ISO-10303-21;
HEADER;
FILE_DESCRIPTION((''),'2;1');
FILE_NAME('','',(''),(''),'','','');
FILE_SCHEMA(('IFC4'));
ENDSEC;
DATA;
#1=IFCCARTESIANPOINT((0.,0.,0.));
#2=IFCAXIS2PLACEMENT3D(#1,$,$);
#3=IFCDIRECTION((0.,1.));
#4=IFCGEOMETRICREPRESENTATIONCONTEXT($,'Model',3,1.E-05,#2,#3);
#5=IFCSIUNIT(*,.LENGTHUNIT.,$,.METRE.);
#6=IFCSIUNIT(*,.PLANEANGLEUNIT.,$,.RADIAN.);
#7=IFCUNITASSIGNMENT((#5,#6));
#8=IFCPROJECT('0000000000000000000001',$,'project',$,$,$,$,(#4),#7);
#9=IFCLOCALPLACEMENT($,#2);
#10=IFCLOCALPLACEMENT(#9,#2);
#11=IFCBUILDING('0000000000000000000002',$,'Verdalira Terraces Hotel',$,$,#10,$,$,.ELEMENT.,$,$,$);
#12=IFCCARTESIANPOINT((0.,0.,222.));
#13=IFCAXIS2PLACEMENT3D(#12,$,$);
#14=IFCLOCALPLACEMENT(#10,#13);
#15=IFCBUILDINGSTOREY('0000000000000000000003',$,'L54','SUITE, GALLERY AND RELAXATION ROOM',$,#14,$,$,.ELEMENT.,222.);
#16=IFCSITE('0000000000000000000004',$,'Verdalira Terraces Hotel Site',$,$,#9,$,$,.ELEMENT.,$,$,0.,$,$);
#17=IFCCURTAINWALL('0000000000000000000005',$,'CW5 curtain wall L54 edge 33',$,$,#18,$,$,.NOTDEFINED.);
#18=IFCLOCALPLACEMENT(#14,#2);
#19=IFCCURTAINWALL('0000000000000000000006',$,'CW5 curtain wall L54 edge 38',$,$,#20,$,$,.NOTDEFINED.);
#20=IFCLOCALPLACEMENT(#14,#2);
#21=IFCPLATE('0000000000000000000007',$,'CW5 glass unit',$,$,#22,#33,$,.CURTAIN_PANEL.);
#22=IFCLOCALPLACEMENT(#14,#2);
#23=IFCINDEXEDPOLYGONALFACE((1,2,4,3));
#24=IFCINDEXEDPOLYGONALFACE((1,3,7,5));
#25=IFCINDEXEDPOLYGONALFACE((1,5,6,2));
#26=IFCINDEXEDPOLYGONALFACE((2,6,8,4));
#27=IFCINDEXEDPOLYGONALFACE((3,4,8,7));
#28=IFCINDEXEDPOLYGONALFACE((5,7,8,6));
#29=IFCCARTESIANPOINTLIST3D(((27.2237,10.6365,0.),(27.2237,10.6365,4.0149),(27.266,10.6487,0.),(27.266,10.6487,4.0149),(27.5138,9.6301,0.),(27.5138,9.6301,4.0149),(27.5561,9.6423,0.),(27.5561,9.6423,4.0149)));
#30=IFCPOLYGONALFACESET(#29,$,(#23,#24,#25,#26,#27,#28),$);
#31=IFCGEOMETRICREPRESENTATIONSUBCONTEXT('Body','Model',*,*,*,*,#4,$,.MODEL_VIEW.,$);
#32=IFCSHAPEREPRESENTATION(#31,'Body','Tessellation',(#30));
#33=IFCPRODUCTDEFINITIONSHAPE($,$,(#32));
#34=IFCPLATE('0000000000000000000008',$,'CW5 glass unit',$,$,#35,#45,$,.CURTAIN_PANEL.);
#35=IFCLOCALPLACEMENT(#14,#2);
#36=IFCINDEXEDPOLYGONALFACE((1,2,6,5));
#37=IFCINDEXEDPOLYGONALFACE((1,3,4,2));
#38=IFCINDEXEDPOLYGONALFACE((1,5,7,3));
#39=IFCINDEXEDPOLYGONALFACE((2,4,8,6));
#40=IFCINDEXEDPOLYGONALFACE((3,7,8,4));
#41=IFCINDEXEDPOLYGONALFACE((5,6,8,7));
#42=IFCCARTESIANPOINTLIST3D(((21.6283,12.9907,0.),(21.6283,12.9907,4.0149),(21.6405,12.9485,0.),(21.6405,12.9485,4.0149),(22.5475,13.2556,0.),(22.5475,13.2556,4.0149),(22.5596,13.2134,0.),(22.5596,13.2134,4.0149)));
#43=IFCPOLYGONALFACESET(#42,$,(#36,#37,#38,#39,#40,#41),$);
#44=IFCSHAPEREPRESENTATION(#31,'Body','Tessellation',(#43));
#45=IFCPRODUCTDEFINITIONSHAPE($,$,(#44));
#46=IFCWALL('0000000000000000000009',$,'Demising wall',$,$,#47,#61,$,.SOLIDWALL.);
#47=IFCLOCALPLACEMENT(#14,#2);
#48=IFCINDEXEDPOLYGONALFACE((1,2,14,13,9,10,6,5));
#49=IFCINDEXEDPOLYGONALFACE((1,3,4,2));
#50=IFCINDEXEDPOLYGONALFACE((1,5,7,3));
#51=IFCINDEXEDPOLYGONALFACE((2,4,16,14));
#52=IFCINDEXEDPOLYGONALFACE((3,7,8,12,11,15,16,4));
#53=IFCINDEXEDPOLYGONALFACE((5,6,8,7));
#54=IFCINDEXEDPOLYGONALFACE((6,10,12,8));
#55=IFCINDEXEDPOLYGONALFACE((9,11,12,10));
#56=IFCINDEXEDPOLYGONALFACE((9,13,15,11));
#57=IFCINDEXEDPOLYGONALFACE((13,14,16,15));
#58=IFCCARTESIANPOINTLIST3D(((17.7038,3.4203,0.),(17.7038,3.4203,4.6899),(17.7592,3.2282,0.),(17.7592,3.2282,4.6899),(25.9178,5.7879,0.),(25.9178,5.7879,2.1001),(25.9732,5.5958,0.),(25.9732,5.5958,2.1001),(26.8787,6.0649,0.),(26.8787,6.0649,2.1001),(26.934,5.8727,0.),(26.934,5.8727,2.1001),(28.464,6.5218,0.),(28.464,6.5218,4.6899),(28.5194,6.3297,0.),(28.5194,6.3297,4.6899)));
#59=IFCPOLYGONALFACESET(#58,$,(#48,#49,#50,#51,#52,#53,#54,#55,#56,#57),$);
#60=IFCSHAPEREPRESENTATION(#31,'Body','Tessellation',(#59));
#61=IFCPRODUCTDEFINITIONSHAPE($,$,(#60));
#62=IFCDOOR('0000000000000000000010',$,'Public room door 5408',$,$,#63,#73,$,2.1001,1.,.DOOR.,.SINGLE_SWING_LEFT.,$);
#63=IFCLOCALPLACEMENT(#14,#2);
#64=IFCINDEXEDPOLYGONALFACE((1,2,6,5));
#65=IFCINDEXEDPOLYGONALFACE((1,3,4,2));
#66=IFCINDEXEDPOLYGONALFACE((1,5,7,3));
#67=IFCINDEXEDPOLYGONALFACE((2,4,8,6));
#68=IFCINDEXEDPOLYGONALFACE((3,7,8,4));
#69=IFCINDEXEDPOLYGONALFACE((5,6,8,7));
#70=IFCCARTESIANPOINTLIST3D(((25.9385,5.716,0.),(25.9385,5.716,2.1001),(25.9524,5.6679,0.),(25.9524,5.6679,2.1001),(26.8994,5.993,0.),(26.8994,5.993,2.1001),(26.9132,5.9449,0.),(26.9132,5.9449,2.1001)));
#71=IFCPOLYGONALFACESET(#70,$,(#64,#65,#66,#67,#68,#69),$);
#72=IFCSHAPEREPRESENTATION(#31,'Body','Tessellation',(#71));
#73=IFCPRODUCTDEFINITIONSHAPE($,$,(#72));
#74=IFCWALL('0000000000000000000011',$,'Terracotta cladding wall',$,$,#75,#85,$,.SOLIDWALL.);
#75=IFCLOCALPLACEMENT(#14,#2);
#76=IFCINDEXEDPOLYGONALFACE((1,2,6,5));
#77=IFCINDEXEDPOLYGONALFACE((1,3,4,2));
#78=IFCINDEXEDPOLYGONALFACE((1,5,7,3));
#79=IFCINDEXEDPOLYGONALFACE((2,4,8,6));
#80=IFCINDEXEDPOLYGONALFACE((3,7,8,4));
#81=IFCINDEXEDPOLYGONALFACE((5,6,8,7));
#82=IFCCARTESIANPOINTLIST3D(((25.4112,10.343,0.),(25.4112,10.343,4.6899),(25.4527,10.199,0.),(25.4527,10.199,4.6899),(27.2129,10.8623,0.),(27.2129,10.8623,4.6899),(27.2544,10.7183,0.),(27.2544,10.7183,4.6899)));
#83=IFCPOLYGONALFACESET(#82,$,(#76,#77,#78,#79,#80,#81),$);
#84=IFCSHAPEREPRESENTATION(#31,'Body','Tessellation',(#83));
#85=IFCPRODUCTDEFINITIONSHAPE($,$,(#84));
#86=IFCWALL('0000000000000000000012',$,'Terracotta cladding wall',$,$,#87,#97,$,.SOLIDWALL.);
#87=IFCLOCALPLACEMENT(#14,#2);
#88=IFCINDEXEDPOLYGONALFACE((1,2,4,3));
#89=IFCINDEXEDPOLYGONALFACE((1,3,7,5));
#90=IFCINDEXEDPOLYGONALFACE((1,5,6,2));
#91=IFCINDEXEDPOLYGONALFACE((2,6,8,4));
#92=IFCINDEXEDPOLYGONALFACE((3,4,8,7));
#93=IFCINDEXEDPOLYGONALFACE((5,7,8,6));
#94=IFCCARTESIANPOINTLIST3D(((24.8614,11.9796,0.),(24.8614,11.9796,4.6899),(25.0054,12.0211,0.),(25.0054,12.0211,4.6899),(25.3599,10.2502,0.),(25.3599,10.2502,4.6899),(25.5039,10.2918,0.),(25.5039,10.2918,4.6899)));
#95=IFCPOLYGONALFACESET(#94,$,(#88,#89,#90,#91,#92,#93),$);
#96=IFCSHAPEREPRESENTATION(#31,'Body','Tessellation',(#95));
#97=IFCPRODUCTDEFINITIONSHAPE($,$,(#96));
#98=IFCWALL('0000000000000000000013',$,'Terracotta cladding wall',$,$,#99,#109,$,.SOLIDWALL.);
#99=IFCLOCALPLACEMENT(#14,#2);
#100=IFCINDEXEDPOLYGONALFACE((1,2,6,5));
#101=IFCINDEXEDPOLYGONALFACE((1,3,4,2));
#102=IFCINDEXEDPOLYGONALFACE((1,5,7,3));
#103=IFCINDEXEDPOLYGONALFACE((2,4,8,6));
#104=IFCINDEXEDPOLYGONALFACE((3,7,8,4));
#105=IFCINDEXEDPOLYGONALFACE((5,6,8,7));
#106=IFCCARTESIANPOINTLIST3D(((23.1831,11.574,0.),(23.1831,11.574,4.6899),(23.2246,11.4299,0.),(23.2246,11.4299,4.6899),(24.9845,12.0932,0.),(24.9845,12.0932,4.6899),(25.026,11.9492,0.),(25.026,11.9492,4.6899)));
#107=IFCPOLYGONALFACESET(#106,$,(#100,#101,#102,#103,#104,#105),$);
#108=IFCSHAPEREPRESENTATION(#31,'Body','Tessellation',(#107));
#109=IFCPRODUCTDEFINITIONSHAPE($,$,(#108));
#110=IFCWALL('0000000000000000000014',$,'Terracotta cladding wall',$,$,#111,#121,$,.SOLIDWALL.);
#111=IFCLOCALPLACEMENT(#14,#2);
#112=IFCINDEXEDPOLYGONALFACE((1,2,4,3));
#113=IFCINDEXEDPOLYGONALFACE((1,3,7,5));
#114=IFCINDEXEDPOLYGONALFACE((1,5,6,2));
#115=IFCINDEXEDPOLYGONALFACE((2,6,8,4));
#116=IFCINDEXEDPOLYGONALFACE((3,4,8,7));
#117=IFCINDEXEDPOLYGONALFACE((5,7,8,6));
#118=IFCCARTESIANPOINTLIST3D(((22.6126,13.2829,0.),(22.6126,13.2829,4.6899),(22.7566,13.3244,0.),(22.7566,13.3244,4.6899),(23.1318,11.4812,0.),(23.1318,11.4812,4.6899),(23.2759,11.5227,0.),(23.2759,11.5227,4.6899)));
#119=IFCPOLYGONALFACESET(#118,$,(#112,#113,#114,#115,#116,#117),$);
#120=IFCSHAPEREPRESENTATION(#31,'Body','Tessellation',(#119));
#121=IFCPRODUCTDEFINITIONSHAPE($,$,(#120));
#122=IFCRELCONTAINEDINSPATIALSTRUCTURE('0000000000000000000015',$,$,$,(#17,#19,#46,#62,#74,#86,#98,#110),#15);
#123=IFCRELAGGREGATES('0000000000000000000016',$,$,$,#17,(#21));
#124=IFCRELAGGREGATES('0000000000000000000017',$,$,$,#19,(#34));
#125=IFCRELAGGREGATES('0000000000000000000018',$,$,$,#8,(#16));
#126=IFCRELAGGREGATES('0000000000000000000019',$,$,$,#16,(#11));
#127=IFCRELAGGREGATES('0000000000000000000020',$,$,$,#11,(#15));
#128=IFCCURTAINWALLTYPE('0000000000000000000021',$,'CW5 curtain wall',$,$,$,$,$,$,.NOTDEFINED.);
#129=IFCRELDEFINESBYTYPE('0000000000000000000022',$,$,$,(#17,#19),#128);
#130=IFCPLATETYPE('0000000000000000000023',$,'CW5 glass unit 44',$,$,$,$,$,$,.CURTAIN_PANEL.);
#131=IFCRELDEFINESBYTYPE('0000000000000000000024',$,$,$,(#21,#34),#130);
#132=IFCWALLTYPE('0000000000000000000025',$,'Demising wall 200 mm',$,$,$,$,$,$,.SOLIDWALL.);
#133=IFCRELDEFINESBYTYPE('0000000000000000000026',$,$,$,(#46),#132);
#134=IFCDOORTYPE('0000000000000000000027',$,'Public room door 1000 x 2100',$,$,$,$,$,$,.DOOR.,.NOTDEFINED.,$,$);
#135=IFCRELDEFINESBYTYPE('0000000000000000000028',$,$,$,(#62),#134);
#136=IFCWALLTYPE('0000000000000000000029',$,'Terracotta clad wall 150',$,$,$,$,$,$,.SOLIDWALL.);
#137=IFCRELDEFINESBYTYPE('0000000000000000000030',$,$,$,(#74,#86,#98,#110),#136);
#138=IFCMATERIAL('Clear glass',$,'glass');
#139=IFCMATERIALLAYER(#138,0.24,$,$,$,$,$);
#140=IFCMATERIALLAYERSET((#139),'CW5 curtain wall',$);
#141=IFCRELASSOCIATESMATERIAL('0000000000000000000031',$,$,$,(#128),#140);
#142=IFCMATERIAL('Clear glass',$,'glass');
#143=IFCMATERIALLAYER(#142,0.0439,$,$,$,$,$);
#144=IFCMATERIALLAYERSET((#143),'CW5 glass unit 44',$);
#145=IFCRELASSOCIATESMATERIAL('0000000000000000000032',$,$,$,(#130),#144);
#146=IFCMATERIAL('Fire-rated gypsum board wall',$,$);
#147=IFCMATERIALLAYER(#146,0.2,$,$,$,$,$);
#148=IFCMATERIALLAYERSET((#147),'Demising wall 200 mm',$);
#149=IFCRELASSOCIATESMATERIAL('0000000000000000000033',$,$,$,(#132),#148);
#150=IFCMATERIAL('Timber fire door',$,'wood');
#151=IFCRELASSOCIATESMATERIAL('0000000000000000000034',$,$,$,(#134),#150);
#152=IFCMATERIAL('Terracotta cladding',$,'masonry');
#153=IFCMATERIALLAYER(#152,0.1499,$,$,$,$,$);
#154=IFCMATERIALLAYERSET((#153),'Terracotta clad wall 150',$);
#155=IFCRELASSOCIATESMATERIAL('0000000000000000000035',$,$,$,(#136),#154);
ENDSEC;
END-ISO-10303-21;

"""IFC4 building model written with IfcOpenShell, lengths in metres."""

from ifc_helpers import new_model, si_unit, direction, frame, frame_2d, origin, origin_2d, place, context, subcontext, project, spatial, rectangle, extrude, material, layer, layer_set, type_object, element, fill, aggregate, save


model = new_model("IFC4")

# Units and contexts
model_context = context("Model", 3, precision=1e-05, world=origin(), true_north=direction((0.0, 1.0)))
body_context = subcontext(model_context, "Body", "Model", "MODEL_VIEW")
ifc_project = project(units=[si_unit("LENGTHUNIT", "METRE"), si_unit("PLANEANGLEUNIT", "RADIAN")], contexts=[model_context])

# Site, building, storey
site_placement = place(None, origin())
site = spatial("IfcSite", under=ifc_project, at=site_placement, Name="Verdalira Terraces Hotel Site", CompositionType="ELEMENT", RefElevation=0.0)
building_placement = place(site_placement, origin())
building = spatial("IfcBuilding", under=site, at=building_placement, Name="Verdalira Terraces Hotel", CompositionType="ELEMENT")
storey_placement = place(building_placement, frame((0.0, 0.0, 222.0)))
storey = spatial("IfcBuildingStorey", under=building, at=storey_placement, Name="L54", Description="SUITE, GALLERY AND RELAXATION ROOM", CompositionType="ELEMENT", Elevation=222.0)

# Curtain walls
ifc_material_1 = material(Name="Clear glass", Category="glass")
ifc_layer_1 = layer(ifc_material_1, 0.24)
ifc_layer_set_1 = layer_set([ifc_layer_1], Name="CW5 curtain wall")
curtain_wall_type = type_object("IfcCurtainWallType", Name="CW5 curtain wall", PredefinedType="NOTDEFINED", material=ifc_layer_set_1)
curtain_wall_1_placement = place(storey_placement, origin())
curtain_wall_1 = element("IfcCurtainWall", 1, at=curtain_wall_1_placement, inside=storey, type_object=curtain_wall_type, Name="CW5 curtain wall L54 edge 33", PredefinedType="NOTDEFINED")
curtain_wall_2_placement = place(storey_placement, origin())
curtain_wall_2 = element("IfcCurtainWall", 2, at=curtain_wall_2_placement, inside=storey, type_object=curtain_wall_type, Name="CW5 curtain wall L54 edge 38", PredefinedType="NOTDEFINED")

# Plates
ifc_material_2 = material(Name="Clear glass", Category="glass")
ifc_layer_2 = layer(ifc_material_2, 0.0439)
ifc_layer_set_2 = layer_set([ifc_layer_2], Name="CW5 glass unit 44")
plate_type = type_object("IfcPlateType", Name="CW5 glass unit 44", PredefinedType="CURTAIN_PANEL", material=ifc_layer_set_2)
plate_1_placement = place(storey_placement, frame((27.3899, 10.1394, 0.0), z_axis=(0.0, 0.0, 1.0), x_axis=(-0.276979, 0.960876, 0.0)))
plate_1 = element("IfcPlate", 3, at=plate_1_placement, type_object=plate_type, Name="CW5 glass unit", PredefinedType="CURTAIN_PANEL", context=body_context, shape_type="SweptSolid", body=[
    extrude(rectangle(XDim=1.0474, YDim=0.0439, at=origin_2d()), origin(), (0.0, 0.0, 1.0), 4.0149),
])
aggregate(curtain_wall_1, [plate_1])
plate_2_placement = place(storey_placement, frame((22.094, 13.1021, 0.0), z_axis=(0.0, 0.0, 1.0), x_axis=(-0.960876, -0.276979, 0.0)))
plate_2 = element("IfcPlate", 4, at=plate_2_placement, type_object=plate_type, Name="CW5 glass unit", PredefinedType="CURTAIN_PANEL", context=body_context, shape_type="SweptSolid", body=[
    extrude(rectangle(XDim=0.9565, YDim=0.0439, at=origin_2d()), origin(), (0.0, 0.0, 1.0), 4.0149),
])
aggregate(curtain_wall_2, [plate_2])

# Wall, opening, door
ifc_material_3 = material(Name="Fire-rated gypsum board wall")
ifc_layer_3 = layer(ifc_material_3, 0.2)
ifc_layer_set_3 = layer_set([ifc_layer_3], Name="Demising wall 200 mm")
wall_type_1 = type_object("IfcWallType", Name="Demising wall 200 mm", PredefinedType="SOLIDWALL", material=ifc_layer_set_3)
wall_1_placement = place(storey_placement, frame((28.4917, 6.4258, 0.0), z_axis=(0.0, 0.0, 1.0), x_axis=(-0.96088, -0.276966, 0.0)))
wall_1 = element("IfcWall", 5, at=wall_1_placement, inside=storey, type_object=wall_type_1, Name="Demising wall", PredefinedType="SOLIDWALL", context=body_context, shape_type="SweptSolid", body=[
    extrude(rectangle(XDim=11.1982, YDim=0.2, at=frame_2d((5.5991, 0.0))), origin(), (0.0, 0.0, 1.0), 4.6899),
])
opening_placement = place(wall_1_placement, frame((1.6499, 0.0, 0.0)))
opening = element("IfcOpeningElement", 6, at=opening_placement, cuts=wall_1, PredefinedType="OPENING", context=body_context, shape_type="SweptSolid", body=[
    extrude(rectangle(XDim=1.0, YDim=2.1001, at=frame_2d((0.5, 1.05))), frame((0.0, 0.1099, 0.0), z_axis=(0.0, -1.0, 0.0), x_axis=(1.0, 0.0, 0.0)), (0.0, 0.0, 1.0), 0.22),
])
ifc_material_4 = material(Name="Timber fire door", Category="wood")
door_type = type_object("IfcDoorType", Name="Public room door 1000 x 2100", OperationType="NOTDEFINED", PredefinedType="DOOR", material=ifc_material_4)
door_placement = place(opening_placement, origin())
door = element("IfcDoor", 7, at=door_placement, inside=storey, type_object=door_type, Name="Public room door 5408", OperationType="SINGLE_SWING_LEFT", OverallHeight=2.1001, OverallWidth=1.0, PredefinedType="DOOR", context=body_context, shape_type="SweptSolid", body=[
    extrude(rectangle(XDim=1.0, YDim=2.1001, at=frame_2d((0.5, 1.05))), frame((0.0, 0.0249, 0.0), z_axis=(0.0, -1.0, 0.0), x_axis=(1.0, 0.0, 0.0)), (0.0, 0.0, 1.0), 0.05),
])
fill(opening, door)

# Walls
ifc_material_5 = material(Name="Terracotta cladding", Category="masonry")
ifc_layer_4 = layer(ifc_material_5, 0.1499)
ifc_layer_set_4 = layer_set([ifc_layer_4], Name="Terracotta clad wall 150")
wall_type_2 = type_object("IfcWallType", Name="Terracotta clad wall 150", PredefinedType="SOLIDWALL", material=ifc_layer_set_4)
wall_2_placement = place(storey_placement, frame((27.2336, 10.7903, 0.0), z_axis=(0.0, 0.0, 1.0), x_axis=(-0.960888, -0.276939, 0.0)))
element("IfcWall", 8, at=wall_2_placement, inside=storey, type_object=wall_type_2, Name="Terracotta cladding wall", PredefinedType="SOLIDWALL", context=body_context, shape_type="SweptSolid", body=[
    extrude(rectangle(XDim=1.875, YDim=0.1499, at=frame_2d((0.9375, 0.0))), origin(), (0.0, 0.0, 1.0), 4.6899),
])
wall_3_placement = place(storey_placement, frame((25.4319, 10.271, 0.0), z_axis=(0.0, 0.0, 1.0), x_axis=(-0.276978, 0.960876, 0.0)))
element("IfcWall", 9, at=wall_3_placement, inside=storey, type_object=wall_type_2, Name="Terracotta cladding wall", PredefinedType="SOLIDWALL", context=body_context, shape_type="SweptSolid", body=[
    extrude(rectangle(XDim=1.7998, YDim=0.1499, at=frame_2d((0.8999, 0.0))), origin(), (0.0, 0.0, 1.0), 4.6899),
])
wall_4_placement = place(storey_placement, frame((25.0054, 12.0212, 0.0), z_axis=(0.0, 0.0, 1.0), x_axis=(-0.960878, -0.276973, 0.0)))
element("IfcWall", 10, at=wall_4_placement, inside=storey, type_object=wall_type_2, Name="Terracotta cladding wall", PredefinedType="SOLIDWALL", context=body_context, shape_type="SweptSolid", body=[
    extrude(rectangle(XDim=1.8748, YDim=0.1499, at=frame_2d((0.9375, 0.0))), origin(), (0.0, 0.0, 1.0), 4.6899),
])
wall_5_placement = place(storey_placement, frame((23.2039, 11.502, 0.0), z_axis=(0.0, 0.0, 1.0), x_axis=(-0.276939, 0.960888, 0.0)))
element("IfcWall", 11, at=wall_5_placement, inside=storey, type_object=wall_type_2, Name="Terracotta cladding wall", PredefinedType="SOLIDWALL", context=body_context, shape_type="SweptSolid", body=[
    extrude(rectangle(XDim=1.875, YDim=0.1499, at=frame_2d((0.9375, 0.0))), origin(), (0.0, 0.0, 1.0), 4.6899),
])

save(model, "model.ifc")
